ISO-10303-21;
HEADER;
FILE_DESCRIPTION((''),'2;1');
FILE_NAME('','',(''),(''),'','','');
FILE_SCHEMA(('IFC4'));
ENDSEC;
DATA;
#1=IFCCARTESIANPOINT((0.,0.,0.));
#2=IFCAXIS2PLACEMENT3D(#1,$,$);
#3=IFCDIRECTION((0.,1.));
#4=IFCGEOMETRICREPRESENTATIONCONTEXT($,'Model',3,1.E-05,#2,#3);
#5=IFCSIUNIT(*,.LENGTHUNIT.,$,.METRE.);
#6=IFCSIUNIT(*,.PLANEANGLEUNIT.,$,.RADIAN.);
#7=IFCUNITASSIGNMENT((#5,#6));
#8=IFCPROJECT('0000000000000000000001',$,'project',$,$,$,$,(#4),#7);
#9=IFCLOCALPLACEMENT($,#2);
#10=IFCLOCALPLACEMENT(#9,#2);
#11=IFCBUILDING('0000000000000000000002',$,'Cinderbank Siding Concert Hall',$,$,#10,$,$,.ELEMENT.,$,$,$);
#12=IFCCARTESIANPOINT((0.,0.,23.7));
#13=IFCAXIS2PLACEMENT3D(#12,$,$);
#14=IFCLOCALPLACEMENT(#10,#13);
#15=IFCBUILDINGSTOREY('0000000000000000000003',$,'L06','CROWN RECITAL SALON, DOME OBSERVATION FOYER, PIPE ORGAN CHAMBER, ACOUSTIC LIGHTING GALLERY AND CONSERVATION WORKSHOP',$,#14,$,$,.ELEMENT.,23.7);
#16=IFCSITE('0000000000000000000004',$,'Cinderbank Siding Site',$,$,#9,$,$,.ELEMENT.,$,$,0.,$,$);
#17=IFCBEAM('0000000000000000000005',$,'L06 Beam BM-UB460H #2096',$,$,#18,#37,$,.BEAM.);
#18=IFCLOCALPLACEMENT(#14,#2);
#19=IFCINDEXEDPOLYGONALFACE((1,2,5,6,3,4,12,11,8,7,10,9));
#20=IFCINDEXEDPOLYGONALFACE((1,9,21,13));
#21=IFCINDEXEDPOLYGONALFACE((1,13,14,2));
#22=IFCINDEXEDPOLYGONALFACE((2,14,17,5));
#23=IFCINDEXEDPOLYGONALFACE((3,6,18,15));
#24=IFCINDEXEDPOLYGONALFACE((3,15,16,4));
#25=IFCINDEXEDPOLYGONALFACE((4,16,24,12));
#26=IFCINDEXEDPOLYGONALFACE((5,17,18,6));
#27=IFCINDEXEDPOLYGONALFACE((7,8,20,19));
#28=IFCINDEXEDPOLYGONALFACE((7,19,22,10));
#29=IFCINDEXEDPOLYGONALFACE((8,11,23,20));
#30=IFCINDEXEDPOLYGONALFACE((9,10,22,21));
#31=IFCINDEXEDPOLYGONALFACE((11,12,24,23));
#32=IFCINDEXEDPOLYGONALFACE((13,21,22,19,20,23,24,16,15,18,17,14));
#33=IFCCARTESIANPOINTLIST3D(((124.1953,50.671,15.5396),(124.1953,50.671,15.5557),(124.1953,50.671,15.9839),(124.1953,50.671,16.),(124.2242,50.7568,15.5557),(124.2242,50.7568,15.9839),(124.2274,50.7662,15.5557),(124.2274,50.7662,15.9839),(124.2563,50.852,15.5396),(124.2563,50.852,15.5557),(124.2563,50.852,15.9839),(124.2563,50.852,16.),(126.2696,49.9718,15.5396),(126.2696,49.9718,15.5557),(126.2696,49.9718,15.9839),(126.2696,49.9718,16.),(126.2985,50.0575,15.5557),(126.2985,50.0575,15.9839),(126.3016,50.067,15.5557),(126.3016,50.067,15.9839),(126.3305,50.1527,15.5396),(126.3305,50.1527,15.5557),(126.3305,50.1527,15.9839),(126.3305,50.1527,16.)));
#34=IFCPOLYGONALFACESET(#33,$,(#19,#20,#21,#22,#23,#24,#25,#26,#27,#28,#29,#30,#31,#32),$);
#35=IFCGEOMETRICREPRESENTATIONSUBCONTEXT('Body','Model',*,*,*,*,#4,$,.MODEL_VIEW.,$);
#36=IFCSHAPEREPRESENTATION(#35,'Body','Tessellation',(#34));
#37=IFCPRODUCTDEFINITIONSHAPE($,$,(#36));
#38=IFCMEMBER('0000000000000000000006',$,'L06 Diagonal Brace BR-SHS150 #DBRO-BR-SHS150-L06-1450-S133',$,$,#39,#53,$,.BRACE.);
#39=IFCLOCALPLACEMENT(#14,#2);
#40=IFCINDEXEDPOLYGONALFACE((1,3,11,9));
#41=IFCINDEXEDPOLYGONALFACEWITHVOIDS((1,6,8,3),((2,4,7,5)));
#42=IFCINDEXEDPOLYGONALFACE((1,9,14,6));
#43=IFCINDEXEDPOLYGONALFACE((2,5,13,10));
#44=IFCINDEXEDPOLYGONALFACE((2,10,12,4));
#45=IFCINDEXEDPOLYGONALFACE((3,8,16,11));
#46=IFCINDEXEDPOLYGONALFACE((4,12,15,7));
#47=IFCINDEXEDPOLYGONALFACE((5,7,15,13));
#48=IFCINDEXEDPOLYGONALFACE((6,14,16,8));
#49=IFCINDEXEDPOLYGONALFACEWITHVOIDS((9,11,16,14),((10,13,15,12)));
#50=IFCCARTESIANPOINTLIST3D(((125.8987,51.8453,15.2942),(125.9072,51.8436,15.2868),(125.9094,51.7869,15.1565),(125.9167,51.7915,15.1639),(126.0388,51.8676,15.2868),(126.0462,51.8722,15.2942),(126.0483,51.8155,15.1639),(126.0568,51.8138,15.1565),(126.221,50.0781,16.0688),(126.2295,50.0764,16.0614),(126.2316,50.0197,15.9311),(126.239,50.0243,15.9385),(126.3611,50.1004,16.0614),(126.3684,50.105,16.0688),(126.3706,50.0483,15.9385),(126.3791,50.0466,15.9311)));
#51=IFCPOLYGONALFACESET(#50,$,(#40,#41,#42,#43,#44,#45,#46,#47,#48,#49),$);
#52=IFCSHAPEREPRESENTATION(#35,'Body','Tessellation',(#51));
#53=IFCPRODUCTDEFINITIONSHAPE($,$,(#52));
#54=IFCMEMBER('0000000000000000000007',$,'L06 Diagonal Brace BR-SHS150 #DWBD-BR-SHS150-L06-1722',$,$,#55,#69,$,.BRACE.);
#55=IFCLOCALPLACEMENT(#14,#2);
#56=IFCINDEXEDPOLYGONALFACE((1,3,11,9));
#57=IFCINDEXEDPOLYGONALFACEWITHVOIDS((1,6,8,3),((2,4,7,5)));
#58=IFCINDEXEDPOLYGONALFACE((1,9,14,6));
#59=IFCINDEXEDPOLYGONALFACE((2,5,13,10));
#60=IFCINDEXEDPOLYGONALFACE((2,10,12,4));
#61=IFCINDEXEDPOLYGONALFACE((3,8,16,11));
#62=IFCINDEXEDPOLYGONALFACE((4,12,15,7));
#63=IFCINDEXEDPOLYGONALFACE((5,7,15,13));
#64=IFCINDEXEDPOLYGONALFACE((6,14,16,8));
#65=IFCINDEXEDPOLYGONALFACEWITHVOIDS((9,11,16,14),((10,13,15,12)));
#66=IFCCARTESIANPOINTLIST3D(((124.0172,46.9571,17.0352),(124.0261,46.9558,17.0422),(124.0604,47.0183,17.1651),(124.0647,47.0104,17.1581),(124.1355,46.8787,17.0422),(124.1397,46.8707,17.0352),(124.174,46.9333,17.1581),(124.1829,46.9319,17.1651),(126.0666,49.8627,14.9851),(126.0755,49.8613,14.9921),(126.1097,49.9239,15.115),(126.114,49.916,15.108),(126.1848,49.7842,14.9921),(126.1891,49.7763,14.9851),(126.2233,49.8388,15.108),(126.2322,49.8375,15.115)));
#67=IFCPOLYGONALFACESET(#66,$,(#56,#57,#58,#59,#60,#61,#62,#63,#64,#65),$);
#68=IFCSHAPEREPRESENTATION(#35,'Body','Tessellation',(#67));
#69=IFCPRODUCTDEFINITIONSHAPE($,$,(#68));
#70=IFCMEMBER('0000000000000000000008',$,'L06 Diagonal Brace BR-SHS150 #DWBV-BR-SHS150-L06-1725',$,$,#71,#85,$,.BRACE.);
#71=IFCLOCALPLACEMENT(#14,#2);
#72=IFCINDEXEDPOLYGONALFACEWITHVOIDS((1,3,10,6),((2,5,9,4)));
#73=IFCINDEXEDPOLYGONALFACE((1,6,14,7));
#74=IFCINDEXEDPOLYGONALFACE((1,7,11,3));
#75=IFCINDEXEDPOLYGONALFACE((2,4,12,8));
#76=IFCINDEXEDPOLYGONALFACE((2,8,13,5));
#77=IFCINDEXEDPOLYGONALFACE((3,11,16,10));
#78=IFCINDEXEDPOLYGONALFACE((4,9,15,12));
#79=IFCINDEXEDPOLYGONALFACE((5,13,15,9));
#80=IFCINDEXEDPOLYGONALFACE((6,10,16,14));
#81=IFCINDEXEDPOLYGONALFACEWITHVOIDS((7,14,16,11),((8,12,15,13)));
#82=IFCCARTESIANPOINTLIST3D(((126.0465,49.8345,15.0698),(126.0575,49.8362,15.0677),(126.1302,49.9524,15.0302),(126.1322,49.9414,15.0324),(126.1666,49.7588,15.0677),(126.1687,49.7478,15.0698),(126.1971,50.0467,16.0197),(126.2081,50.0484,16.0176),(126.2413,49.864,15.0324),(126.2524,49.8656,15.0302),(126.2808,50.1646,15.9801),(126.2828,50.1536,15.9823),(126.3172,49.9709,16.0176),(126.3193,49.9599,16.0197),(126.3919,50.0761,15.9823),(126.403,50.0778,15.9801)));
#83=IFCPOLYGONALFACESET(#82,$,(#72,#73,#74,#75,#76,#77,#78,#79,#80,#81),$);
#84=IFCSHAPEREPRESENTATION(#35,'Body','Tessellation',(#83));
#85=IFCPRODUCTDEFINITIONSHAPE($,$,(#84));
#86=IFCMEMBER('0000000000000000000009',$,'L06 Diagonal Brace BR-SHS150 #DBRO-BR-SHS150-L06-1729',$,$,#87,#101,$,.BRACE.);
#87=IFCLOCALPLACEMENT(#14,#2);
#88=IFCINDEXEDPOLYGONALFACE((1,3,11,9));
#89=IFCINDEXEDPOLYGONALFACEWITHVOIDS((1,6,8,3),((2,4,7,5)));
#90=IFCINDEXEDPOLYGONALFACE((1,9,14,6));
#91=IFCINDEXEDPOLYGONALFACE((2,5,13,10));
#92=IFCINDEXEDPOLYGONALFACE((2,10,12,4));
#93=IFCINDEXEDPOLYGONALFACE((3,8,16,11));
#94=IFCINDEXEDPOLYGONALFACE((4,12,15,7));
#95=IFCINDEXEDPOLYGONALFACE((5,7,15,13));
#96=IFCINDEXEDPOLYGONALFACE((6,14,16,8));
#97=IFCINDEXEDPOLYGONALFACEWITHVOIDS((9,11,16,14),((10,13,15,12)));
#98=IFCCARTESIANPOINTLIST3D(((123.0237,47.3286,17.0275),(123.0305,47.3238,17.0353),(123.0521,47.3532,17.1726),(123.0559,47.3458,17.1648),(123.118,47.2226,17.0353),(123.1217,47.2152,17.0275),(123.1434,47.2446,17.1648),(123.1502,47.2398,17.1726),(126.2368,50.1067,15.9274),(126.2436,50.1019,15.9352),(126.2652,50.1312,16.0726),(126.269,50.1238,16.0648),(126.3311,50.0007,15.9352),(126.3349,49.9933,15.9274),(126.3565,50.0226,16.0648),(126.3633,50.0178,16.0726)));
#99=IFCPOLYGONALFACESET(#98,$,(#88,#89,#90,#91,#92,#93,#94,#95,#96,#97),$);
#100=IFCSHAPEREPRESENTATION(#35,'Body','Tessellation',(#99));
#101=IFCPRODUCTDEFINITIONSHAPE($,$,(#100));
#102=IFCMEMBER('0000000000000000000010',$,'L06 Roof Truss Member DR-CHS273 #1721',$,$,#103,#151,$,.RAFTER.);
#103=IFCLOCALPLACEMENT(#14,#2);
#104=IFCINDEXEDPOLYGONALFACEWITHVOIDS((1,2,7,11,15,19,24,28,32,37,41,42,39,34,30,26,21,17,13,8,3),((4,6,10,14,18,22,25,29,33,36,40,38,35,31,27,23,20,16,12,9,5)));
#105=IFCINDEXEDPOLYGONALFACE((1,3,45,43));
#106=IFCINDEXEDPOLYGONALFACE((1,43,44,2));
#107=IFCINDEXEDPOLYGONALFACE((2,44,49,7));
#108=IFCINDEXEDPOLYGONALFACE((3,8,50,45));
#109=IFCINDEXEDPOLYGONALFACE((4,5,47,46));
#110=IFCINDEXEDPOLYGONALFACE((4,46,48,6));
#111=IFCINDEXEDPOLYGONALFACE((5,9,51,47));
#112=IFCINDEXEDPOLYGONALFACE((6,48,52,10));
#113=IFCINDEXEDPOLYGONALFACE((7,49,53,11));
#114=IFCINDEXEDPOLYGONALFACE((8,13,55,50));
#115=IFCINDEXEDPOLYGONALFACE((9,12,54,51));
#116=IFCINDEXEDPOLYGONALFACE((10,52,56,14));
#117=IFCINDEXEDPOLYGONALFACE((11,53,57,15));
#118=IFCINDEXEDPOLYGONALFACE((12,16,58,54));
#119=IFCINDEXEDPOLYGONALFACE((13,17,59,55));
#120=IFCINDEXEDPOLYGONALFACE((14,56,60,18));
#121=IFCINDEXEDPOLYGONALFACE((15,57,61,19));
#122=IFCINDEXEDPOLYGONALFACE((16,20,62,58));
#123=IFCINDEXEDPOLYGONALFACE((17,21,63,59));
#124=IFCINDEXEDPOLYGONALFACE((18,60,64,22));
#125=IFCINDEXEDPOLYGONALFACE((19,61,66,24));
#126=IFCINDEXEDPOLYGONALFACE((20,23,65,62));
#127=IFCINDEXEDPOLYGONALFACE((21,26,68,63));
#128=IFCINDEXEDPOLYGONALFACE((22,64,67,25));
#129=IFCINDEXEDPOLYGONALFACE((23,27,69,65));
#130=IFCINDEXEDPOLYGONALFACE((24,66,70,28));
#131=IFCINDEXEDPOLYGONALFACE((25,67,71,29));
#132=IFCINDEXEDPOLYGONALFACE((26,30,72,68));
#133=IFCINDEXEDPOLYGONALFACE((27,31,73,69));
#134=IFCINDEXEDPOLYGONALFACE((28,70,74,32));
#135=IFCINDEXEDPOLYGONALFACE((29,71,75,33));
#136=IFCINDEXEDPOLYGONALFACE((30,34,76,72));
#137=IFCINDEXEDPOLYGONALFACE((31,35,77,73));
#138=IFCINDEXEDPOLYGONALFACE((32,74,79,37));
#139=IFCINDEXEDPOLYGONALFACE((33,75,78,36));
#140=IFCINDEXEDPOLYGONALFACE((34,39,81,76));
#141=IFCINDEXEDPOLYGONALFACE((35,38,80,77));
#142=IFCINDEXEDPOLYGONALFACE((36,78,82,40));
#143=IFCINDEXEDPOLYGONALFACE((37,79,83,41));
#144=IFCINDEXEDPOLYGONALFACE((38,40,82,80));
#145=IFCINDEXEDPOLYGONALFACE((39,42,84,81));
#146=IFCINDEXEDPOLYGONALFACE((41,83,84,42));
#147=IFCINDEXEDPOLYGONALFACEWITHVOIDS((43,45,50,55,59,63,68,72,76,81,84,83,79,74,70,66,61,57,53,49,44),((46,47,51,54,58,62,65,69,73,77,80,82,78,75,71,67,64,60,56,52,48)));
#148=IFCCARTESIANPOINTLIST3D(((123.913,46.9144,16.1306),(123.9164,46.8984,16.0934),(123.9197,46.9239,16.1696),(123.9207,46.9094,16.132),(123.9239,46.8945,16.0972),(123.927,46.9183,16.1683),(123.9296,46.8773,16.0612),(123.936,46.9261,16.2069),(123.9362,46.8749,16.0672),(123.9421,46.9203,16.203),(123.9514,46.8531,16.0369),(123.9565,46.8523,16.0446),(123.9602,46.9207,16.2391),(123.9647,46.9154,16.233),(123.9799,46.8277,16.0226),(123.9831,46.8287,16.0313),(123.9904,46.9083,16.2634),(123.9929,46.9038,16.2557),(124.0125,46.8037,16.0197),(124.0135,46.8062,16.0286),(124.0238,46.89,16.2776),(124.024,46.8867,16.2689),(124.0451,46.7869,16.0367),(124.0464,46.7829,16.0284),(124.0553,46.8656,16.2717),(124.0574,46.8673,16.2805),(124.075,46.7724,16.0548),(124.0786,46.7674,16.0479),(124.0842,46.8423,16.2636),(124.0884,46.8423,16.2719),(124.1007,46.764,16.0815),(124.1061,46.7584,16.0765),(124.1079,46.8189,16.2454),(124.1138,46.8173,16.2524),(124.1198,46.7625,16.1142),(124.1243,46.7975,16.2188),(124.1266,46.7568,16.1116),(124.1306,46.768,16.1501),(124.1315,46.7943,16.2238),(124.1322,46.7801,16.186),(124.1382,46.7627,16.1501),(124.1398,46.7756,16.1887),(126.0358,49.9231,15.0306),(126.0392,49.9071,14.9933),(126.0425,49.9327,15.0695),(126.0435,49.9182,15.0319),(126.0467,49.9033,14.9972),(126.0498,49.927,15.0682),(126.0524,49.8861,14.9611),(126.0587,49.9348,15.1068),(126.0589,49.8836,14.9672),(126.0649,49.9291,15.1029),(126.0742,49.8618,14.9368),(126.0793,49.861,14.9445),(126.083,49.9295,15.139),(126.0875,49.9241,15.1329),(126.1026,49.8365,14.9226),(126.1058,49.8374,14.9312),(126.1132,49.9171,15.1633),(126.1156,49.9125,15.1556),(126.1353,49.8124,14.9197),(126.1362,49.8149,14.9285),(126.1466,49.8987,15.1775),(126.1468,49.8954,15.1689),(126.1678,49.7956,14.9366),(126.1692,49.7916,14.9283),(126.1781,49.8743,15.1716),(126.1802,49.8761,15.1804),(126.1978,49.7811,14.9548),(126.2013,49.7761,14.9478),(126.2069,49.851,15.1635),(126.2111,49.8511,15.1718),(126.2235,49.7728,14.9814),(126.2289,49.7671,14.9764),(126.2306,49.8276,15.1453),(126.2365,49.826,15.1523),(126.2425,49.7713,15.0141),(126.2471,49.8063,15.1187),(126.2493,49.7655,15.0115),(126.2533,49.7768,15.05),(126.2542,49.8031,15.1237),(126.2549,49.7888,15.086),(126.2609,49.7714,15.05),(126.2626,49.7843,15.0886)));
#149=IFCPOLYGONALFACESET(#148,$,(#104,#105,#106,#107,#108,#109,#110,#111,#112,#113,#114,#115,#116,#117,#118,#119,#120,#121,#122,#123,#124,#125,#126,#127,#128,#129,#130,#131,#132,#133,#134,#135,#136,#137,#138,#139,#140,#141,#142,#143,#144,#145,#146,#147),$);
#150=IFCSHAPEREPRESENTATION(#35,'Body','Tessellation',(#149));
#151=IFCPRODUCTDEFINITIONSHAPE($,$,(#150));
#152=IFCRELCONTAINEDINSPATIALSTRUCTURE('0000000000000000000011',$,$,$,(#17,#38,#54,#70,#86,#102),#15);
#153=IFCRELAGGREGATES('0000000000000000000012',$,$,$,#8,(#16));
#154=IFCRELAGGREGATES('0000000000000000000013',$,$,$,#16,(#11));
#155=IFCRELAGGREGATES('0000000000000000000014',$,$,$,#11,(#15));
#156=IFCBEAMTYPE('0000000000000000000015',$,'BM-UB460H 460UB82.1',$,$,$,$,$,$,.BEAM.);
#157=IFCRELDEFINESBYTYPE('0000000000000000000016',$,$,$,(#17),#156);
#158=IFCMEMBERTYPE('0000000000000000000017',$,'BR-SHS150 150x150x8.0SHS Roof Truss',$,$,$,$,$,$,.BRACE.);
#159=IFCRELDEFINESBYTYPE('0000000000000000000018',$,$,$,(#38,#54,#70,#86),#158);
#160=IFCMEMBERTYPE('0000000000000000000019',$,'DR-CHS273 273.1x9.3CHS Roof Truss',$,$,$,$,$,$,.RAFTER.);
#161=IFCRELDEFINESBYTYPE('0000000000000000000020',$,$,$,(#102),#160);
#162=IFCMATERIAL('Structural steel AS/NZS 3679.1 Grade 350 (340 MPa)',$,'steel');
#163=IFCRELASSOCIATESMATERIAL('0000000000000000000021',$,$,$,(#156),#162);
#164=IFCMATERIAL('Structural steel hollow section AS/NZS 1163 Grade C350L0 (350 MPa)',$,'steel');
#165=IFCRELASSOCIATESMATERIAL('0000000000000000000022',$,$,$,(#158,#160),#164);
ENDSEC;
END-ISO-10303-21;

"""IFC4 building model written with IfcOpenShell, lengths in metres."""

from ifc_helpers import new_model, si_unit, direction, frame, origin, origin_2d, place, context, subcontext, project, spatial, hollow_rectangle, hollow_circle, i_section, extrude, material, material_profile, profile_set, type_object, element, save


model = new_model("IFC4")

# Units and contexts
model_context = context("Model", 3, precision=1e-05, world=origin(), true_north=direction((0.0, 1.0)))
body_context = subcontext(model_context, "Body", "Model", "MODEL_VIEW")
ifc_project = project(units=[si_unit("LENGTHUNIT", "METRE"), si_unit("PLANEANGLEUNIT", "RADIAN")], contexts=[model_context])

# Site, building, storey
site_placement = place(None, origin())
site = spatial("IfcSite", under=ifc_project, at=site_placement, Name="Cinderbank Siding Site", CompositionType="ELEMENT", RefElevation=0.0)
building_placement = place(site_placement, origin())
building = spatial("IfcBuilding", under=site, at=building_placement, Name="Cinderbank Siding Concert Hall", CompositionType="ELEMENT")
storey_placement = place(building_placement, frame((0.0, 0.0, 23.7)))
storey = spatial("IfcBuildingStorey", under=building, at=storey_placement, Name="L06", Description="CROWN RECITAL SALON, DOME OBSERVATION FOYER, PIPE ORGAN CHAMBER, ACOUSTIC LIGHTING GALLERY AND CONSERVATION WORKSHOP", CompositionType="ELEMENT", Elevation=23.7)

# Beam
ifc_material_1 = material(Name="Structural steel AS/NZS 3679.1 Grade 350 (340 MPa)", Category="steel")
ifc_material_profile_1 = material_profile(ifc_material_1, i_section(OverallWidth=0.1909, OverallDepth=0.4604, WebThickness=0.01, FlangeThickness=0.0161, at=origin_2d()), Name="460UB82.1", Category="LoadBearing")
ifc_profile_set_1 = profile_set([ifc_material_profile_1], Name="Structural steel AS/NZS 3679.1 Grade 350 (340 MPa)")
beam_type = type_object("IfcBeamType", Name="BM-UB460H 460UB82.1", PredefinedType="BEAM", material=ifc_profile_set_1)
beam_placement = place(storey_placement, frame((126.3, 50.0623, 15.7698), z_axis=(-0.947607, 0.319438, 0.0), x_axis=(-0.319438, -0.947607, 0.0)))
element("IfcBeam", 1, at=beam_placement, inside=storey, type_object=beam_type, Name="L06 Beam BM-UB460H #2096", PredefinedType="BEAM", context=body_context, shape_type="SweptSolid", body=[
    extrude(i_section(OverallWidth=0.1909, OverallDepth=0.4604, WebThickness=0.01, FlangeThickness=0.0161, at=origin_2d()), origin(), (0.0, 0.0, 1.0), 2.189),
])

# Members
ifc_material_2 = material(Name="Structural steel hollow section AS/NZS 1163 Grade C350L0 (350 MPa)", Category="steel")
ifc_material_profile_2 = material_profile(ifc_material_2, hollow_rectangle(XDim=0.1499, YDim=0.1499, WallThickness=0.0081, at=origin_2d()), Name="150x150x8.0SHS", Category="LoadBearing")
ifc_profile_set_2 = profile_set([ifc_material_profile_2], Name="Structural steel hollow section AS/NZS 1163 Grade C350L0 (350 MPa)")
member_type_1 = type_object("IfcMemberType", Name="BR-SHS150 150x150x8.0SHS Roof Truss", PredefinedType="BRACE", material=ifc_profile_set_2)
member_1_placement = place(storey_placement, frame((125.9778, 51.8296, 15.2253), z_axis=(0.164726, -0.90337, 0.395965), x_axis=(0.983778, 0.179388, 0.0)))
element("IfcMember", 2, at=member_1_placement, inside=storey, type_object=member_type_1, Name="L06 Diagonal Brace BR-SHS150 #DBRO-BR-SHS150-L06-1450-S133", PredefinedType="BRACE", context=body_context, shape_type="SweptSolid", body=[
    extrude(hollow_rectangle(XDim=0.1499, YDim=0.1499, WallThickness=0.0081, at=origin_2d()), origin(), (0.0, 0.0, 1.0), 1.9563),
])
member_2_placement = place(storey_placement, frame((126.1494, 49.8501, 15.05), z_axis=(-0.499322, -0.707938, 0.499501), x_axis=(0.817185, -0.576376, 0.0)))
element("IfcMember", 3, at=member_2_placement, inside=storey, type_object=member_type_1, Name="L06 Diagonal Brace BR-SHS150 #DWBD-BR-SHS150-L06-1722", PredefinedType="BRACE", context=body_context, shape_type="SweptSolid", body=[
    extrude(hollow_rectangle(XDim=0.1499, YDim=0.1499, WallThickness=0.0081, at=origin_2d()), origin(), (0.0, 0.0, 1.0), 4.1042),
])
member_3_placement = place(storey_placement, frame((126.1494, 49.8501, 15.05), z_axis=(0.152938, 0.215402, 0.964475), x_axis=(-0.815379, 0.578928, 0.0)))
element("IfcMember", 4, at=member_3_placement, inside=storey, type_object=member_type_1, Name="L06 Diagonal Brace BR-SHS150 #DWBV-BR-SHS150-L06-1725", PredefinedType="BRACE", context=body_context, shape_type="SweptSolid", body=[
    extrude(hollow_rectangle(XDim=0.1499, YDim=0.1499, WallThickness=0.0081, at=origin_2d()), origin(), (0.0, 0.0, 1.0), 0.9849),
])
member_4_placement = place(storey_placement, frame((126.3, 50.0623, 16.0), z_axis=(-0.7323, -0.633147, 0.250721), x_axis=(0.654037, -0.756462, 0.0)))
element("IfcMember", 5, at=member_4_placement, inside=storey, type_object=member_type_1, Name="L06 Diagonal Brace BR-SHS150 #DBRO-BR-SHS150-L06-1729", PredefinedType="BRACE", context=body_context, shape_type="SweptSolid", body=[
    extrude(hollow_rectangle(XDim=0.1499, YDim=0.1499, WallThickness=0.0081, at=origin_2d()), origin(), (0.0, 0.0, 1.0), 4.3877),
])
ifc_material_profile_3 = material_profile(ifc_material_2, hollow_circle(Radius=0.1365, WallThickness=0.0093, at=origin_2d()), Name="273.1x9.3CHS", Category="LoadBearing")
ifc_profile_set_3 = profile_set([ifc_material_profile_3], Name="Structural steel hollow section AS/NZS 1163 Grade C350L0 (350 MPa)")
member_type_2 = type_object("IfcMemberType", Name="DR-CHS273 273.1x9.3CHS Roof Truss", PredefinedType="RAFTER", material=ifc_profile_set_3)
member_5_placement = place(storey_placement, frame((126.1494, 49.8501, 15.05), z_axis=(-0.552369, -0.782909, 0.286254), x_axis=(0.817102, -0.576493, 0.0)))
element("IfcMember", 6, at=member_5_placement, inside=storey, type_object=member_type_2, Name="L06 Roof Truss Member DR-CHS273 #1721", PredefinedType="RAFTER", context=body_context, shape_type="SweptSolid", body=[
    extrude(hollow_circle(Radius=0.1365, WallThickness=0.0093, at=origin_2d()), origin(), (0.0, 0.0, 1.0), 3.843),
])

save(model, "model.ifc")
